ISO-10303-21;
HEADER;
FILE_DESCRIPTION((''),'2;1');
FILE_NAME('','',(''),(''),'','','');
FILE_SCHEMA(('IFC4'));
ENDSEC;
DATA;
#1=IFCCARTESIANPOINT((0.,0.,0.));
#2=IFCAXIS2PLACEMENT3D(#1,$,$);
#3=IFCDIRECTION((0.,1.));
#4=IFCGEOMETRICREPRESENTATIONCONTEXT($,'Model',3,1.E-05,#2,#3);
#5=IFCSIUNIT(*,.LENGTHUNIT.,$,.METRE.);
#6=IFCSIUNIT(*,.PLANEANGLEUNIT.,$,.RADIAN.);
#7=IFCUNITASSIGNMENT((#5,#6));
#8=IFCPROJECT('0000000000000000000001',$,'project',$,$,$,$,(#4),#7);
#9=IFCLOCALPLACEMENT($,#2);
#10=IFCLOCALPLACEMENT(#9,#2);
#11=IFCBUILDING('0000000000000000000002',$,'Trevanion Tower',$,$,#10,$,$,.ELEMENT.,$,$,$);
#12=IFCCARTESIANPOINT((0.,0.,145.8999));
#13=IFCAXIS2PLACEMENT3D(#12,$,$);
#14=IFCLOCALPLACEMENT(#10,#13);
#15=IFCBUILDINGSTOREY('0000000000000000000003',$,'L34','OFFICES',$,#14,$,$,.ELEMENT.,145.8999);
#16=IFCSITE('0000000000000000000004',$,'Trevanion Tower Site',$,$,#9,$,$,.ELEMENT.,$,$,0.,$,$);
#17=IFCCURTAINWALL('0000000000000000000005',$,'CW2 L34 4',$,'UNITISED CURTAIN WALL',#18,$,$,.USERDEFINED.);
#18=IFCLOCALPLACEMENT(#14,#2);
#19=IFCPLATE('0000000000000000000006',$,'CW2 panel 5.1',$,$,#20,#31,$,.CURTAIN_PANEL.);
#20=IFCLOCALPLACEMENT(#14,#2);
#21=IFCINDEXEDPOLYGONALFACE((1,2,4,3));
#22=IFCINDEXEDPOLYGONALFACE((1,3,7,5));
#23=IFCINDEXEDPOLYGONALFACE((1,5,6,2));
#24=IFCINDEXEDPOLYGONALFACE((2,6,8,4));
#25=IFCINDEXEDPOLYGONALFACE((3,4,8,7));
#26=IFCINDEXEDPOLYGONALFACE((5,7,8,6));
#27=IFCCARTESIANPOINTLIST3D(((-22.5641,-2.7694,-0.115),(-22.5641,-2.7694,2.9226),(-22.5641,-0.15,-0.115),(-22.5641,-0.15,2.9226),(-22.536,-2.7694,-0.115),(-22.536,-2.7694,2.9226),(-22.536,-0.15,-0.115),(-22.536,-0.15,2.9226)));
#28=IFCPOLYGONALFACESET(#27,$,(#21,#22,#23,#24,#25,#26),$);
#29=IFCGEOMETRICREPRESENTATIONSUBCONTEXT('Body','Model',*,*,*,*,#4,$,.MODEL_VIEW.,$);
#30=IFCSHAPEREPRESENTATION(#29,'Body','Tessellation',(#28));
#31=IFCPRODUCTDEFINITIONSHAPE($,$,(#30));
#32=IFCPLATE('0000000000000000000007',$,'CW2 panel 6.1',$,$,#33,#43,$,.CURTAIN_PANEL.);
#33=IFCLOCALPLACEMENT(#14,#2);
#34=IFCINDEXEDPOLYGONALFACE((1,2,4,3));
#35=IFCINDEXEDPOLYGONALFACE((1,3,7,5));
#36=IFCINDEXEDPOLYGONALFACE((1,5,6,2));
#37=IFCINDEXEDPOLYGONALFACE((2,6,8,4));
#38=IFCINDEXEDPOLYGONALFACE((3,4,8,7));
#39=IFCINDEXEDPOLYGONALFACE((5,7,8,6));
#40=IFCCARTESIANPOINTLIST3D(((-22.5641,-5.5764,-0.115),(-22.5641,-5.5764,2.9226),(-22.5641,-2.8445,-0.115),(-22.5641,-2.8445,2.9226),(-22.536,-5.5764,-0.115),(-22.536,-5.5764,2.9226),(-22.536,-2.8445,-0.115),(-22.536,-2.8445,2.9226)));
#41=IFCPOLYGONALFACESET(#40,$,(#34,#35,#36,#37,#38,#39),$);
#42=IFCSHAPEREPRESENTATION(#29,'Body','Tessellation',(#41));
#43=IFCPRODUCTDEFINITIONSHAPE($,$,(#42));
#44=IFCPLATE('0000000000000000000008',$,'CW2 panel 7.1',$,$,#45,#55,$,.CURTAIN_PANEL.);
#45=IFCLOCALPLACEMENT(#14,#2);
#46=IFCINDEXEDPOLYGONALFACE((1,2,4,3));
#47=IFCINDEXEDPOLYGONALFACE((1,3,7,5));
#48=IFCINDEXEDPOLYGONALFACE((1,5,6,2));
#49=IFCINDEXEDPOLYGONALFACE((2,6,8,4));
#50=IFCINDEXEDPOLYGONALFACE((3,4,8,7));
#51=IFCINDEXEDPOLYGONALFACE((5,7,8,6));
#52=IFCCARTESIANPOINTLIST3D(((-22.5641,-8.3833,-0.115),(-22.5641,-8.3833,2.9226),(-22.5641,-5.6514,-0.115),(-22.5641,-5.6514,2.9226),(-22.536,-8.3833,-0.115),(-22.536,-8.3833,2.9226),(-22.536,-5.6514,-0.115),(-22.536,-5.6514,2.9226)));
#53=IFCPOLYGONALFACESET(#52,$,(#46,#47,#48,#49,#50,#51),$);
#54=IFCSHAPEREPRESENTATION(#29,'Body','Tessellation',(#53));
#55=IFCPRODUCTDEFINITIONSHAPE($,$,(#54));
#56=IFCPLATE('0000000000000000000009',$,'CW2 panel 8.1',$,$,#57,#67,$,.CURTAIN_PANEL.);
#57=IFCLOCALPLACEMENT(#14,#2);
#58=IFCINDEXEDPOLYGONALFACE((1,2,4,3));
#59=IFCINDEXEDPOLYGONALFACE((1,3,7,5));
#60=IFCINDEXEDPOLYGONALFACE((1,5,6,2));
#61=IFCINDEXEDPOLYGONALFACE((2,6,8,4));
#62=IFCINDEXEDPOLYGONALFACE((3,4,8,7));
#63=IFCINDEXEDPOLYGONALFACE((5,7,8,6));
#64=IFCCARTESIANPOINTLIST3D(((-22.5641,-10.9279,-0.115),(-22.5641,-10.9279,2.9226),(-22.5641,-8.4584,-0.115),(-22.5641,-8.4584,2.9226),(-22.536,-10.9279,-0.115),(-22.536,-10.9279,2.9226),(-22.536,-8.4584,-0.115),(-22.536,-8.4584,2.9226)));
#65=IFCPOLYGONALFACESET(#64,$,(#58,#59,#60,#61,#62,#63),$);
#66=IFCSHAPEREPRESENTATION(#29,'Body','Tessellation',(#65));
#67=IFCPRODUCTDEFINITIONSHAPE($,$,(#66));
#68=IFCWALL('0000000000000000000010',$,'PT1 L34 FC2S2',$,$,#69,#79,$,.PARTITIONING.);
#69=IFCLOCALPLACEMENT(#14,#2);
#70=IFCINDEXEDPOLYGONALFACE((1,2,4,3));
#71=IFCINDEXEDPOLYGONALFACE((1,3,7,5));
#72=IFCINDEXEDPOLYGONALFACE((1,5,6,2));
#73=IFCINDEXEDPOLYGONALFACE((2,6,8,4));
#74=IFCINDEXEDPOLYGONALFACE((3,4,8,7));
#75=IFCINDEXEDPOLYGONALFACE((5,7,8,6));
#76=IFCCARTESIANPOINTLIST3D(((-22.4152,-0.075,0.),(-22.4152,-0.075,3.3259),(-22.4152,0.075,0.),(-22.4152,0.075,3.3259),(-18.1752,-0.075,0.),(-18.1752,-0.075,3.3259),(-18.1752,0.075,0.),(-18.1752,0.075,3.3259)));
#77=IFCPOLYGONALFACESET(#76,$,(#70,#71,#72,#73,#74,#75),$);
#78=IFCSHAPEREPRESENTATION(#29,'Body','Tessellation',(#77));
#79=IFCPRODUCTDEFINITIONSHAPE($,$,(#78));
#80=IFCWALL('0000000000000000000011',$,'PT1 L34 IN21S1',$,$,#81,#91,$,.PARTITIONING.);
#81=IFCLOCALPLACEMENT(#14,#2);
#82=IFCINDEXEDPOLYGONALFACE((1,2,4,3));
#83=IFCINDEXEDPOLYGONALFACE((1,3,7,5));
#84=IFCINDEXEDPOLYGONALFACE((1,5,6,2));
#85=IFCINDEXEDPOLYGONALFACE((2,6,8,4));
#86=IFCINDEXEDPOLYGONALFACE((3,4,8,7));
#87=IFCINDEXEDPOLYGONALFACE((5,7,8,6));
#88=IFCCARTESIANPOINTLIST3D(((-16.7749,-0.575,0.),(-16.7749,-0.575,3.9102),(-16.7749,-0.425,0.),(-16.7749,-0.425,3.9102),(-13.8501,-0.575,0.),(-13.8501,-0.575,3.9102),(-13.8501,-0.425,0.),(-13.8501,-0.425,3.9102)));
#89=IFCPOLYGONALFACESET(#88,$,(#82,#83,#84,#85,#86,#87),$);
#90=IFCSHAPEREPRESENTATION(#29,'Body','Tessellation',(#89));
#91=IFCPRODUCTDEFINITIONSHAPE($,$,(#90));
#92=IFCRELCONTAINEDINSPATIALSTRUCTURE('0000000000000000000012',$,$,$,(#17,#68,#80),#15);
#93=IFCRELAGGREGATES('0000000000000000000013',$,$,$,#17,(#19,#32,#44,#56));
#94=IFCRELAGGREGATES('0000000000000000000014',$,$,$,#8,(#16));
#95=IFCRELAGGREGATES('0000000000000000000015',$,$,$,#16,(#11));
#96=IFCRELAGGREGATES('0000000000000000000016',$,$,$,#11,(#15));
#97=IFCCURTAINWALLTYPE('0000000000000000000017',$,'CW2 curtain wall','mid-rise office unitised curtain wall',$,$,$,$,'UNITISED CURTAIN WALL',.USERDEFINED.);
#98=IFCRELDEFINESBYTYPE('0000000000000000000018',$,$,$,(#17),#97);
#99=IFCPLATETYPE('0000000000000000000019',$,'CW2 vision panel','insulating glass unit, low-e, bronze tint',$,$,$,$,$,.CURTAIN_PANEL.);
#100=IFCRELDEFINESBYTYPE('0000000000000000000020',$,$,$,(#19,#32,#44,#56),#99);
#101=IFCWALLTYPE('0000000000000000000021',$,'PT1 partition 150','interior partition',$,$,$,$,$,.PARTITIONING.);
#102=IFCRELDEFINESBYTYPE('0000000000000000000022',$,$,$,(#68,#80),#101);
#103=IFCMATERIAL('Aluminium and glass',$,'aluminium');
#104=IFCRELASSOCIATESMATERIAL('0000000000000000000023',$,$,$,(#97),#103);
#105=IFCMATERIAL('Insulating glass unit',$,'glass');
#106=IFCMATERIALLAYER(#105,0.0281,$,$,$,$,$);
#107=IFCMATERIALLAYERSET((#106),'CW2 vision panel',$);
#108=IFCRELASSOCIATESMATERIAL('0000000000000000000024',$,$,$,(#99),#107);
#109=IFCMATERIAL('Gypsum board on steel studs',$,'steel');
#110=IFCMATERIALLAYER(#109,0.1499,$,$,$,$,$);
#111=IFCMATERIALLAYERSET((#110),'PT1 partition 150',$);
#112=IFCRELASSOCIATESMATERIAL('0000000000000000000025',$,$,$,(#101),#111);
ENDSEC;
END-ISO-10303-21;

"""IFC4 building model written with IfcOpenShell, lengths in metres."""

from ifc_helpers import new_model, si_unit, direction, frame, frame_2d, origin, origin_2d, place, context, subcontext, project, spatial, rectangle, extrude, material, layer, layer_set, type_object, element, aggregate, save


model = new_model("IFC4")

# Units and contexts
model_context = context("Model", 3, precision=1e-05, world=origin(), true_north=direction((0.0, 1.0)))
body_context = subcontext(model_context, "Body", "Model", "MODEL_VIEW")
ifc_project = project(units=[si_unit("LENGTHUNIT", "METRE"), si_unit("PLANEANGLEUNIT", "RADIAN")], contexts=[model_context])

# Site, building, storey
site_placement = place(None, origin())
site = spatial("IfcSite", under=ifc_project, at=site_placement, Name="Trevanion Tower Site", CompositionType="ELEMENT", RefElevation=0.0)
building_placement = place(site_placement, origin())
building = spatial("IfcBuilding", under=site, at=building_placement, Name="Trevanion Tower", CompositionType="ELEMENT")
storey_placement = place(building_placement, frame((0.0, 0.0, 145.8999)))
storey = spatial("IfcBuildingStorey", under=building, at=storey_placement, Name="L34", Description="OFFICES", CompositionType="ELEMENT", Elevation=145.8999)

# Curtain wall
ifc_material_1 = material(Name="Aluminium and glass", Category="aluminium")
curtain_wall_type = type_object("IfcCurtainWallType", Name="CW2 curtain wall", Description="mid-rise office unitised curtain wall", ElementType="UNITISED CURTAIN WALL", PredefinedType="USERDEFINED", material=ifc_material_1)
curtain_wall_1_placement = place(storey_placement, origin())
curtain_wall_1 = element("IfcCurtainWall", 1, at=curtain_wall_1_placement, inside=storey, type_object=curtain_wall_type, Name="CW2 L34 4", ObjectType="UNITISED CURTAIN WALL", PredefinedType="USERDEFINED")

# Plates
ifc_material_2 = material(Name="Insulating glass unit", Category="glass")
ifc_layer_1 = layer(ifc_material_2, 0.0281)
ifc_layer_set_1 = layer_set([ifc_layer_1], Name="CW2 vision panel")
plate_type_1 = type_object("IfcPlateType", Name="CW2 vision panel", Description="insulating glass unit, low-e, bronze tint", PredefinedType="CURTAIN_PANEL", material=ifc_layer_set_1)
plate_1_placement = place(storey_placement, frame((-22.55, -1.4597, -0.115), z_axis=(0.0, 0.0, 1.0), x_axis=(0.0, -1.0, 0.0)))
plate_1 = element("IfcPlate", 2, at=plate_1_placement, type_object=plate_type_1, Name="CW2 panel 5.1", PredefinedType="CURTAIN_PANEL", context=body_context, shape_type="SweptSolid", body=[
    extrude(rectangle(XDim=2.6194, YDim=0.0281, at=origin_2d()), origin(), (0.0, 0.0, 1.0), 3.0376),
])
plate_2_placement = place(storey_placement, frame((-22.55, -4.2104, -0.115), z_axis=(0.0, 0.0, 1.0), x_axis=(0.0, -1.0, 0.0)))
plate_2 = element("IfcPlate", 3, at=plate_2_placement, type_object=plate_type_1, Name="CW2 panel 6.1", PredefinedType="CURTAIN_PANEL", context=body_context, shape_type="SweptSolid", body=[
    extrude(rectangle(XDim=2.7319, YDim=0.0281, at=origin_2d()), origin(), (0.0, 0.0, 1.0), 3.0376),
])
plate_3_placement = place(storey_placement, frame((-22.55, -7.0173, -0.115), z_axis=(0.0, 0.0, 1.0), x_axis=(0.0, -1.0, 0.0)))
plate_3 = element("IfcPlate", 4, at=plate_3_placement, type_object=plate_type_1, Name="CW2 panel 7.1", PredefinedType="CURTAIN_PANEL", context=body_context, shape_type="SweptSolid", body=[
    extrude(rectangle(XDim=2.7319, YDim=0.0281, at=origin_2d()), origin(), (0.0, 0.0, 1.0), 3.0376),
])
plate_4_placement = place(storey_placement, frame((-22.55, -9.6931, -0.115), z_axis=(0.0, 0.0, 1.0), x_axis=(0.0, -1.0, 0.0)))
plate_4 = element("IfcPlate", 5, at=plate_4_placement, type_object=plate_type_1, Name="CW2 panel 8.1", PredefinedType="CURTAIN_PANEL", context=body_context, shape_type="SweptSolid", body=[
    extrude(rectangle(XDim=2.4695, YDim=0.0281, at=origin_2d()), origin(), (0.0, 0.0, 1.0), 3.0376),
])
aggregate(curtain_wall_1, [plate_1, plate_2, plate_3, plate_4])

# Walls
ifc_material_3 = material(Name="Gypsum board on steel studs", Category="steel")
ifc_layer_2 = layer(ifc_material_3, 0.1499)
ifc_layer_set_2 = layer_set([ifc_layer_2], Name="PT1 partition 150")
wall_type = type_object("IfcWallType", Name="PT1 partition 150", Description="interior partition", PredefinedType="PARTITIONING", material=ifc_layer_set_2)
wall_1_placement = place(storey_placement, frame((-18.175, 0.0, 0.0), z_axis=(0.0, 0.0, 1.0), x_axis=(-1.0, 0.0, 0.0)))
element("IfcWall", 6, at=wall_1_placement, inside=storey, type_object=wall_type, Name="PT1 L34 FC2S2", PredefinedType="PARTITIONING", context=body_context, shape_type="SweptSolid", body=[
    extrude(rectangle(XDim=4.24, YDim=0.1499, at=frame_2d((2.1201, 0.0))), origin(), (0.0, 0.0, 1.0), 3.3259),
])
wall_2_placement = place(storey_placement, frame((-16.7749, -0.5, 0.0), z_axis=(0.0, 0.0, 1.0), x_axis=(1.0, 0.0, 0.0)))
element("IfcWall", 7, at=wall_2_placement, inside=storey, type_object=wall_type, Name="PT1 L34 IN21S1", PredefinedType="PARTITIONING", context=body_context, shape_type="SweptSolid", body=[
    extrude(rectangle(XDim=2.9248, YDim=0.1499, at=frame_2d((1.4624, 0.0))), origin(), (0.0, 0.0, 1.0), 3.9102),
])

save(model, "model.ifc")
